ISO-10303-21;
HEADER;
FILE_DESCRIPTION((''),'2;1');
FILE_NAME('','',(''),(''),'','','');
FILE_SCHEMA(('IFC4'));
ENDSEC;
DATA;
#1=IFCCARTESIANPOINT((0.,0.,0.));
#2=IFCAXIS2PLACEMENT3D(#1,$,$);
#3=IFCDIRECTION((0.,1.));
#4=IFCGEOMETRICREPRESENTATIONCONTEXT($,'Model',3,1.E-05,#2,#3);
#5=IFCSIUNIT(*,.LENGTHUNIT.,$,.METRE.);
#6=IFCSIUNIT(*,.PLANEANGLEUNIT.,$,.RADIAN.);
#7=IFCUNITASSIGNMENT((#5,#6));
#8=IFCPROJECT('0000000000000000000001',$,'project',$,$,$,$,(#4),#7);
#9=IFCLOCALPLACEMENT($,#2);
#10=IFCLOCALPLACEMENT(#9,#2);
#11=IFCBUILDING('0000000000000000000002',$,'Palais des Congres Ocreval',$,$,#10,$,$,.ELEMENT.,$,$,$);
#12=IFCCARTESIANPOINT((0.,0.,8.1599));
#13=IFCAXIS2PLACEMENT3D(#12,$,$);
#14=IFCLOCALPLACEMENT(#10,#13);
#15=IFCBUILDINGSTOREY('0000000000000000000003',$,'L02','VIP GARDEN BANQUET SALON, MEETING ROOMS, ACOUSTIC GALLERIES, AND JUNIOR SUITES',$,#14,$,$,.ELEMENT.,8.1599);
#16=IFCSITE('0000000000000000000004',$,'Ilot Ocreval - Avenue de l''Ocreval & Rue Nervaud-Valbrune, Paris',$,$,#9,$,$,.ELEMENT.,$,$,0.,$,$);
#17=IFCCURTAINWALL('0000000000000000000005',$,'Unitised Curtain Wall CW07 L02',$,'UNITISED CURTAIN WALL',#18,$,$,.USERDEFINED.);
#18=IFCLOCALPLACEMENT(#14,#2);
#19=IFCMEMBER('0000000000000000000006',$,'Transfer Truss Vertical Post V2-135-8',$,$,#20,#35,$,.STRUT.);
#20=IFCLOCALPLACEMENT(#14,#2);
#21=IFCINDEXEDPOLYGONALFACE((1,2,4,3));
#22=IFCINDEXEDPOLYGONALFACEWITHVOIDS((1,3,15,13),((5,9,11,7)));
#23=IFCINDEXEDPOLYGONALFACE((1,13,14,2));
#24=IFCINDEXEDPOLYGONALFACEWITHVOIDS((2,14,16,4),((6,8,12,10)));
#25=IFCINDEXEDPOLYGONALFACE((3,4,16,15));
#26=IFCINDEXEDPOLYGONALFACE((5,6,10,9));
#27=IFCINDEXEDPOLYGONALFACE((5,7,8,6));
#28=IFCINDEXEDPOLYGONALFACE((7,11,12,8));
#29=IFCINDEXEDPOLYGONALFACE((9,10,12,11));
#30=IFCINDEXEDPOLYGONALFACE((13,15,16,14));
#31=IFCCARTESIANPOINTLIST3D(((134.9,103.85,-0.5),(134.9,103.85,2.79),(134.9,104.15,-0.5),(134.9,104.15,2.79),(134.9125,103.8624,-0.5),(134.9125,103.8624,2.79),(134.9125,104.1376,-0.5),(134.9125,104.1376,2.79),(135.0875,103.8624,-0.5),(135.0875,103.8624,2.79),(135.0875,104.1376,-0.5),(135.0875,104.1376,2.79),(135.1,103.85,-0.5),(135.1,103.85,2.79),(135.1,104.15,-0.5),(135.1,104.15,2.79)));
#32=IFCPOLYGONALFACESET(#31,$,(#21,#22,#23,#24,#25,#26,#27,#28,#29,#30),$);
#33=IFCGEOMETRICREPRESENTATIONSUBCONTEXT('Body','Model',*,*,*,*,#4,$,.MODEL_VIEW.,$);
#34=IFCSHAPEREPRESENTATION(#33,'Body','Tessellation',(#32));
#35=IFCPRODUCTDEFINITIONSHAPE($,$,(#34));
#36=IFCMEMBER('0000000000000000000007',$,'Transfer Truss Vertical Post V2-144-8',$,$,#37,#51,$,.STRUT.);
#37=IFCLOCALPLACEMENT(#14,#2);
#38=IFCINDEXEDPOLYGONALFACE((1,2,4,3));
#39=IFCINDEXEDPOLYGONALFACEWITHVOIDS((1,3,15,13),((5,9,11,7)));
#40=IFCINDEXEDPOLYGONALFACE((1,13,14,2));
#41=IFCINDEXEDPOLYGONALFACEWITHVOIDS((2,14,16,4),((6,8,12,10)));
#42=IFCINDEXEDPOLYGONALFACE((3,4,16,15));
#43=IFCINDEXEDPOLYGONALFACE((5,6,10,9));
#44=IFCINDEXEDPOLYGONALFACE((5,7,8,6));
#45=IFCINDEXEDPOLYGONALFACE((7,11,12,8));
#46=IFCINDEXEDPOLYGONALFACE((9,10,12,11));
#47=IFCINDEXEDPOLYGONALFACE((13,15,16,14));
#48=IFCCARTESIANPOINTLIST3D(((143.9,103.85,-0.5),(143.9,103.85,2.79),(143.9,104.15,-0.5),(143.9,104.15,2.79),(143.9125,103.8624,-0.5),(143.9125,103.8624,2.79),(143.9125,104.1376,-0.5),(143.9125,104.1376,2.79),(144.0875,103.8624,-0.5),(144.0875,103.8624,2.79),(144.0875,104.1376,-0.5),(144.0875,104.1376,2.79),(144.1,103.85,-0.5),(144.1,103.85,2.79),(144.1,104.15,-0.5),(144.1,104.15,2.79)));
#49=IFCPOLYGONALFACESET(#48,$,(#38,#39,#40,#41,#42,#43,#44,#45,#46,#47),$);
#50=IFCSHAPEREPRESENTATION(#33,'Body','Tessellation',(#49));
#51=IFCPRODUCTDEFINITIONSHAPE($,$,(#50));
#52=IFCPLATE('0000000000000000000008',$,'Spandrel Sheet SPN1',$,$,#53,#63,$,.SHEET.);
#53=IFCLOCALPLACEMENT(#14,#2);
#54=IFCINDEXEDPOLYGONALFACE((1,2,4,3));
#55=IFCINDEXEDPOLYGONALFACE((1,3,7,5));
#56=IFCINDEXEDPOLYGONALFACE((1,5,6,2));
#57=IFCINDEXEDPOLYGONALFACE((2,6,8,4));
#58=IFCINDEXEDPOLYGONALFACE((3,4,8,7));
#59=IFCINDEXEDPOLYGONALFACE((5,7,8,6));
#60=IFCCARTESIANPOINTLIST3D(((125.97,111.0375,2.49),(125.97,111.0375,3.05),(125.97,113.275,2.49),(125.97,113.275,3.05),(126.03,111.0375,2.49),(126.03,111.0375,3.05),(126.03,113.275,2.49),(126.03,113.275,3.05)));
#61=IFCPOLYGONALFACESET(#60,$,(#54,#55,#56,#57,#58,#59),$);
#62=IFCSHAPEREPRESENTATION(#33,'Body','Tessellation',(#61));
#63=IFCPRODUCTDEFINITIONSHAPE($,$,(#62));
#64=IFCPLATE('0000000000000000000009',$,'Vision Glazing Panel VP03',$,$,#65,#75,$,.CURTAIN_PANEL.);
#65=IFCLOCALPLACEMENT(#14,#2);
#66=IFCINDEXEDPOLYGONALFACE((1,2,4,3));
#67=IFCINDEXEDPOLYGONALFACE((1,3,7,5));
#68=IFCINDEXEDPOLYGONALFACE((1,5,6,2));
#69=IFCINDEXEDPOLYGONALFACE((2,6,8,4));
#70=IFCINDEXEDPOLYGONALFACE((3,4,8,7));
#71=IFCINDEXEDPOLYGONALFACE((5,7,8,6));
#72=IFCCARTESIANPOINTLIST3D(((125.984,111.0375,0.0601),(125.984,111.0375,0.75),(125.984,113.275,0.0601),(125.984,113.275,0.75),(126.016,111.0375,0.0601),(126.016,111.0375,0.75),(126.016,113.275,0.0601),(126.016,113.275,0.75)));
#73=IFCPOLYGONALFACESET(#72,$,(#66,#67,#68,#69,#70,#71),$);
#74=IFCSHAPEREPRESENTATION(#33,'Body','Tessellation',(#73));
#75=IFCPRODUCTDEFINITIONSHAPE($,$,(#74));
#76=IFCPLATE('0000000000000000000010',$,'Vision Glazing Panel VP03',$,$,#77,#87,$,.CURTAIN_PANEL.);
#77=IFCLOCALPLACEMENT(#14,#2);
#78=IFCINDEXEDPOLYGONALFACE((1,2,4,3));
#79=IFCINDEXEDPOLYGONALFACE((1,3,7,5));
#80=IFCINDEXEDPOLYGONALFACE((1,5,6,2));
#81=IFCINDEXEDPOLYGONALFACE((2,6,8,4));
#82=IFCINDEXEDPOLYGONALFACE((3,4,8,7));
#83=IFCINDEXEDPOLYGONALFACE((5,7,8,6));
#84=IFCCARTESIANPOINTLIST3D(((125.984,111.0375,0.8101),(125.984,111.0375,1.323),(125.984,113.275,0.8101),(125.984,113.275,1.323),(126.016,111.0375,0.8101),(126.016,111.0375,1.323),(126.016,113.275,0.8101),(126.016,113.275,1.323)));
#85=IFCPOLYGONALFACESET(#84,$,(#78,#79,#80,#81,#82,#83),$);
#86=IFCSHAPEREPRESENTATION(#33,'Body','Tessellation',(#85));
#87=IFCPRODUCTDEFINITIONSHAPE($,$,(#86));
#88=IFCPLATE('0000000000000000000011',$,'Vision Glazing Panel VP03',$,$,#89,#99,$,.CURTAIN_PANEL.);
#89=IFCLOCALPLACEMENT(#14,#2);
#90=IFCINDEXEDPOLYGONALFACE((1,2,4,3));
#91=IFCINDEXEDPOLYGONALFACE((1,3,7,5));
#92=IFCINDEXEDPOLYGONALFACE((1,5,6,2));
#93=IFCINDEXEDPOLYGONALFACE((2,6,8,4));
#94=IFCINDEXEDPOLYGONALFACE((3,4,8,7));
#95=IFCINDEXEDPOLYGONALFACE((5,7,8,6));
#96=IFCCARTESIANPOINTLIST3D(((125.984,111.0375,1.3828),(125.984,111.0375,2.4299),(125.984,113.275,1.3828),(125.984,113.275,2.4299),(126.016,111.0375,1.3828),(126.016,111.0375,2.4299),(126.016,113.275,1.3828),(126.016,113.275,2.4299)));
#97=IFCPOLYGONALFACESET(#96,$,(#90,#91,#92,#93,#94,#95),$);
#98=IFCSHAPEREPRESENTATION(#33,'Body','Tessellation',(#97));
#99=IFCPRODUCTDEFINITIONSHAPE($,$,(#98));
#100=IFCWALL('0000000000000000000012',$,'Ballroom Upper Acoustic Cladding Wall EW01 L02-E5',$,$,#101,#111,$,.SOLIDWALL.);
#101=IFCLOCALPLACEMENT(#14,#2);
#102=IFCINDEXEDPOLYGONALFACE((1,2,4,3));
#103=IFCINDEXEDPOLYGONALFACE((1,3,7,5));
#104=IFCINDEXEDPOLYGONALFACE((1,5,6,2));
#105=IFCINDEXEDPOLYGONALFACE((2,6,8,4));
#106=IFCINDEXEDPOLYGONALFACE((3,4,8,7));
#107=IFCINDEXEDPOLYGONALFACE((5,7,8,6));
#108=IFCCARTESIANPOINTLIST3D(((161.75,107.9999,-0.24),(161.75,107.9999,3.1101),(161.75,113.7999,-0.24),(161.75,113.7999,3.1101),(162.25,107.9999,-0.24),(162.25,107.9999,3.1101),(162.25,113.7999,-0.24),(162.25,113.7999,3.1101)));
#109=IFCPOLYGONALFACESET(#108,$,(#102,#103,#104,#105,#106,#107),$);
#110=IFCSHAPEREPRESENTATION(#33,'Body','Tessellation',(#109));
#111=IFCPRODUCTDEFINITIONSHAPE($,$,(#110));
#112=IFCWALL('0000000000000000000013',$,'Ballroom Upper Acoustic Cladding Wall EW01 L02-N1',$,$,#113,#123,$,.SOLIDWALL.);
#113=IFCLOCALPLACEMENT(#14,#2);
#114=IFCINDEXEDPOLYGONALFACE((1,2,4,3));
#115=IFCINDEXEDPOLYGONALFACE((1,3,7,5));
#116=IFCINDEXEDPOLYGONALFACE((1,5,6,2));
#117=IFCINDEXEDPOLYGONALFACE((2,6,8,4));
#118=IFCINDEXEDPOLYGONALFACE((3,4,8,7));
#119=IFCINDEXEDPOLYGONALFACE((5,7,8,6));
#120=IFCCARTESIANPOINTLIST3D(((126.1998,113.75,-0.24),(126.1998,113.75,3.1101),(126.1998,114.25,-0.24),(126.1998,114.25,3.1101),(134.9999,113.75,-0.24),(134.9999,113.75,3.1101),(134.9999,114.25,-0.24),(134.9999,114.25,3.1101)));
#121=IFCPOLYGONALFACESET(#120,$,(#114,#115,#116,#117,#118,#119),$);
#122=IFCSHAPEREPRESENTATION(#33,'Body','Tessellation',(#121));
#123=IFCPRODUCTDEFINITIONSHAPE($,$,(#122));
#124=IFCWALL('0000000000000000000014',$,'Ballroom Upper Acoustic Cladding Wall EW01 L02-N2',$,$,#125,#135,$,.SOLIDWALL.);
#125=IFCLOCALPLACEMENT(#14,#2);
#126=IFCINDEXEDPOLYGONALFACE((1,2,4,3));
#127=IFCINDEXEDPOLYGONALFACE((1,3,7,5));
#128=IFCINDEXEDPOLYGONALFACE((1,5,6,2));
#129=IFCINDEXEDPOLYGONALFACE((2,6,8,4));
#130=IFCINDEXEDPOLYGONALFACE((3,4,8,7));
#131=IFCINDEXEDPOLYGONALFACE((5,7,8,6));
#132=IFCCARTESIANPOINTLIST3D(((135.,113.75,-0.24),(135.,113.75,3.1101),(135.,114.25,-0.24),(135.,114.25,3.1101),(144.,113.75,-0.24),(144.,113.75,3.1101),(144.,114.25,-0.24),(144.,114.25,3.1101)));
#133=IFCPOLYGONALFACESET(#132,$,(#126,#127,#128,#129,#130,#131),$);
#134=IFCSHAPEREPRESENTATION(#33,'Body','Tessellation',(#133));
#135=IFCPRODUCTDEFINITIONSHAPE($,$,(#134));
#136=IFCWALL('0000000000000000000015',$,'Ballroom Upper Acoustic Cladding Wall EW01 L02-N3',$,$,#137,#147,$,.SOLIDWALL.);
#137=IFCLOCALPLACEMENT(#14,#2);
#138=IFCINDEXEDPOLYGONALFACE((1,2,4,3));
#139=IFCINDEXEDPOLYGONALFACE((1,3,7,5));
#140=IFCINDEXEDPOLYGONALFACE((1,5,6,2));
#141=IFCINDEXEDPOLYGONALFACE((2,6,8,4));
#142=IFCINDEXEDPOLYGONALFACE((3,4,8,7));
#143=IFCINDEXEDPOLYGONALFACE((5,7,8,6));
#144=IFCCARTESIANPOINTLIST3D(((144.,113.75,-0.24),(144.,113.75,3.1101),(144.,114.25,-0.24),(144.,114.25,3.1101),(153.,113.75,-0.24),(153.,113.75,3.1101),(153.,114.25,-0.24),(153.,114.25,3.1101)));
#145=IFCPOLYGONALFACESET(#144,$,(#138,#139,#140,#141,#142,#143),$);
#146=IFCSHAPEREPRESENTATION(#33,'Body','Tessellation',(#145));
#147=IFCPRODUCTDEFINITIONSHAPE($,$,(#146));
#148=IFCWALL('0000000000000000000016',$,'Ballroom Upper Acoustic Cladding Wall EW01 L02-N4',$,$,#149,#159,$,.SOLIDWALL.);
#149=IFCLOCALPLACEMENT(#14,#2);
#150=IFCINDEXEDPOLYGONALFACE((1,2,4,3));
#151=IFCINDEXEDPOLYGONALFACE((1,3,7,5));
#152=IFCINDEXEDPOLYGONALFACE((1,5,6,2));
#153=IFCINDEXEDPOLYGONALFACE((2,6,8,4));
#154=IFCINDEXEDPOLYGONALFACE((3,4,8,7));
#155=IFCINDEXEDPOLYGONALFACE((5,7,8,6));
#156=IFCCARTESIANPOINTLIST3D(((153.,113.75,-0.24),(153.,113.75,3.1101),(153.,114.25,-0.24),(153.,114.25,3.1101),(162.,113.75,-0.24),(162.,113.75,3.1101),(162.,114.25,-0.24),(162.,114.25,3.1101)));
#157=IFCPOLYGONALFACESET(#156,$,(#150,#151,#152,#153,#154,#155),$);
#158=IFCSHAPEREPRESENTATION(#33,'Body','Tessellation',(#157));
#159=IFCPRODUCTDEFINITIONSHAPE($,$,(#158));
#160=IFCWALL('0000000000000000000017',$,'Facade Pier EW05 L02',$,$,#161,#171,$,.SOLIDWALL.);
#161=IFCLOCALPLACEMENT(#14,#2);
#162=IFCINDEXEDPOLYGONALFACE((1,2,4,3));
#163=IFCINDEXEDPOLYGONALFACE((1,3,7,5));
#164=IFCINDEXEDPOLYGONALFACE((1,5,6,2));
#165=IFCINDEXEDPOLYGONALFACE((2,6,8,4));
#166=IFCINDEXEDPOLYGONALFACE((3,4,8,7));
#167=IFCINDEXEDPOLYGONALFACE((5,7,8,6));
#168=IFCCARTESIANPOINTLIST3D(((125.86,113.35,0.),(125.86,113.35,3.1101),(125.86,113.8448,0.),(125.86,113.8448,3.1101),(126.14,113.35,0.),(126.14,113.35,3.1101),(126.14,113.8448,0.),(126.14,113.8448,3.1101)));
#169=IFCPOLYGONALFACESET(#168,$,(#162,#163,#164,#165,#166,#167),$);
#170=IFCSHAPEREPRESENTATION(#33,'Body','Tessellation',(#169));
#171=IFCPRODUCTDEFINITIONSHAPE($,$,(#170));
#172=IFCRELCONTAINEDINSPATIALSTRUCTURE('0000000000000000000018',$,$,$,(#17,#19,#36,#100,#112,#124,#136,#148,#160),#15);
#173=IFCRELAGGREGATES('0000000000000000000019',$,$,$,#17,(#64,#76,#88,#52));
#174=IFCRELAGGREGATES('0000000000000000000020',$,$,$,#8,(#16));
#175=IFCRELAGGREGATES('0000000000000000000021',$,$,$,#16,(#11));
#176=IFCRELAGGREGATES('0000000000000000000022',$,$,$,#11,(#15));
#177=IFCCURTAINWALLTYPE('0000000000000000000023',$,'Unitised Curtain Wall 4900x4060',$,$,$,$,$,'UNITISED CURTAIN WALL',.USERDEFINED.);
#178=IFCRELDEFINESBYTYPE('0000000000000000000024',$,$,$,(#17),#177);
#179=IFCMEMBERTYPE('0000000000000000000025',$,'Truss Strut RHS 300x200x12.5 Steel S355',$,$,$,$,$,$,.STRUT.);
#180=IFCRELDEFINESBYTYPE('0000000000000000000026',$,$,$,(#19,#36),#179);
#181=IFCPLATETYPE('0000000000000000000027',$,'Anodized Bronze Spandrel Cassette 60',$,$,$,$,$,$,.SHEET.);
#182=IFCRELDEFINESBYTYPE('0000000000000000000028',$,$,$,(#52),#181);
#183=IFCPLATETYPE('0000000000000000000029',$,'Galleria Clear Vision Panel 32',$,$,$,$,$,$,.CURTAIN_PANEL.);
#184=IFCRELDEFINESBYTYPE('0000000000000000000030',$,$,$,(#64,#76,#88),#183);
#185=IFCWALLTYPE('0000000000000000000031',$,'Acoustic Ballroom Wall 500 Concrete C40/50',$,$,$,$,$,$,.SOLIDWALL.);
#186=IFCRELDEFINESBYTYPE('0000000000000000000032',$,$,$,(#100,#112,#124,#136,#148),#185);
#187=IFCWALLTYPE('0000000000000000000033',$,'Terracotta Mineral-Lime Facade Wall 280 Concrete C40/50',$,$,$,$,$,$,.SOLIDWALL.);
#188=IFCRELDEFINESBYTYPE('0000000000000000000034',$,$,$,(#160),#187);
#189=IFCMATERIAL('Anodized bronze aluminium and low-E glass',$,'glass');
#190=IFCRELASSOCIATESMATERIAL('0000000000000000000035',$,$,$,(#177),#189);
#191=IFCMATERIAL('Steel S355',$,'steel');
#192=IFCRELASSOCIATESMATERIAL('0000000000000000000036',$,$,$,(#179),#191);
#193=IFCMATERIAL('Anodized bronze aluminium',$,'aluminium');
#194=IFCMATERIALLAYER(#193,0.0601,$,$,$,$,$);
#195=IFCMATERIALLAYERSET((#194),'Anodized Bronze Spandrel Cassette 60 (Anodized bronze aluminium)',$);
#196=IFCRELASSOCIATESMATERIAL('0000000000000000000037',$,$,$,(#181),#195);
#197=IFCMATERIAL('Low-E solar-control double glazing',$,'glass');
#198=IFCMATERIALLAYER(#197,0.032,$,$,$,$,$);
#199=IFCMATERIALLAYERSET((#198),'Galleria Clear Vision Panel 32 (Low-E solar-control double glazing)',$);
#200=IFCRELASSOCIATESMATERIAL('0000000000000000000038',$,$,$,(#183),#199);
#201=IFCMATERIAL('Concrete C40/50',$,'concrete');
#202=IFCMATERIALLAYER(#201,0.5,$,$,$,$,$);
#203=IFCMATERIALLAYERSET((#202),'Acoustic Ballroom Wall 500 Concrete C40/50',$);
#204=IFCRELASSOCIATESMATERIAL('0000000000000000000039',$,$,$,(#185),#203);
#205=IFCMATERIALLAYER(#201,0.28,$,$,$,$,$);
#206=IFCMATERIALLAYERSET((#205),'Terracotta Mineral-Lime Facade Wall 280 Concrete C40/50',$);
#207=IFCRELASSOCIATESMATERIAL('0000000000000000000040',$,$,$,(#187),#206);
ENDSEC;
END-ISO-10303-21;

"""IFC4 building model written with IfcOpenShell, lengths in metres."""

from ifc_helpers import new_model, si_unit, direction, frame, frame_2d, origin, origin_2d, place, context, subcontext, project, spatial, rectangle, hollow_rectangle, extrude, material, layer, layer_set, material_profile, profile_set, type_object, element, aggregate, save


model = new_model("IFC4")

# Units and contexts
model_context = context("Model", 3, precision=1e-05, world=origin(), true_north=direction((0.0, 1.0)))
body_context = subcontext(model_context, "Body", "Model", "MODEL_VIEW")
ifc_project = project(units=[si_unit("LENGTHUNIT", "METRE"), si_unit("PLANEANGLEUNIT", "RADIAN")], contexts=[model_context])

# Site, building, storey
site_placement = place(None, origin())
site = spatial("IfcSite", under=ifc_project, at=site_placement, Name="Ilot Ocreval - Avenue de l'Ocreval & Rue Nervaud-Valbrune, Paris", CompositionType="ELEMENT", RefElevation=0.0)
building_placement = place(site_placement, origin())
building = spatial("IfcBuilding", under=site, at=building_placement, Name="Palais des Congres Ocreval", CompositionType="ELEMENT")
storey_placement = place(building_placement, frame((0.0, 0.0, 8.1599)))
storey = spatial("IfcBuildingStorey", under=building, at=storey_placement, Name="L02", Description="VIP GARDEN BANQUET SALON, MEETING ROOMS, ACOUSTIC GALLERIES, AND JUNIOR SUITES", CompositionType="ELEMENT", Elevation=8.1599)

# Shared definitions
ifc_material_1 = material(Name="Steel S355", Category="steel")

# Curtain wall
ifc_material_2 = material(Name="Anodized bronze aluminium and low-E glass", Category="glass")
curtain_wall_type = type_object("IfcCurtainWallType", Name="Unitised Curtain Wall 4900x4060", ElementType="UNITISED CURTAIN WALL", PredefinedType="USERDEFINED", material=ifc_material_2)
curtain_wall_placement = place(storey_placement, origin())
curtain_wall = element("IfcCurtainWall", 1, at=curtain_wall_placement, inside=storey, type_object=curtain_wall_type, Name="Unitised Curtain Wall CW07 L02", ObjectType="UNITISED CURTAIN WALL", PredefinedType="USERDEFINED")
ifc_material_3 = material(Name="Anodized bronze aluminium", Category="aluminium")

# Members
ifc_material_profile_1 = material_profile(ifc_material_1, hollow_rectangle(XDim=0.2, YDim=0.3, WallThickness=0.0125, at=origin_2d()), Name="RHS 300x200x12.5")
ifc_profile_set_1 = profile_set([ifc_material_profile_1], Name="Steel S355")
member_type_1 = type_object("IfcMemberType", Name="Truss Strut RHS 300x200x12.5 Steel S355", PredefinedType="STRUT", material=ifc_profile_set_1)
for number, where, z_axis, x_axis, name in (
    (2, (135.0, 104.0, -0.5), (0.0, 0.0, 1.0), (1.0, 0.0, 0.0), "Transfer Truss Vertical Post V2-135-8"),
    (3, (144.0, 104.0, -0.5), (0.0, 0.0, 1.0), (1.0, 0.0, 0.0), "Transfer Truss Vertical Post V2-144-8"),
):
    element("IfcMember", number, at=place(storey_placement, frame(where, z_axis=z_axis, x_axis=x_axis)), inside=storey, type_object=member_type_1, Name=name, PredefinedType="STRUT", context=body_context, shape_type="SweptSolid", body=[
        extrude(hollow_rectangle(XDim=0.2, YDim=0.3, WallThickness=0.0125, at=origin_2d()), origin(), (0.0, 0.0, 1.0), 3.29),
    ])

# Plates
ifc_layer_1 = layer(ifc_material_3, 0.0601)
ifc_layer_set_1 = layer_set([ifc_layer_1], Name="Anodized Bronze Spandrel Cassette 60 (Anodized bronze aluminium)")
plate_type_1 = type_object("IfcPlateType", Name="Anodized Bronze Spandrel Cassette 60", PredefinedType="SHEET", material=ifc_layer_set_1)
plate_1_placement = place(storey_placement, frame((126.0, 112.1562, 2.49), z_axis=(0.0, 0.0, 1.0), x_axis=(0.0, -1.0, 0.0)))
plate_1 = element("IfcPlate", 4, at=plate_1_placement, type_object=plate_type_1, Name="Spandrel Sheet SPN1", PredefinedType="SHEET", context=body_context, shape_type="SweptSolid", body=[
    extrude(rectangle(XDim=2.2375, YDim=0.0601, at=origin_2d()), origin(), (0.0, 0.0, 1.0), 0.5601),
])
ifc_material_4 = material(Name="Low-E solar-control double glazing", Category="glass")
ifc_layer_2 = layer(ifc_material_4, 0.032)
ifc_layer_set_2 = layer_set([ifc_layer_2], Name="Galleria Clear Vision Panel 32 (Low-E solar-control double glazing)")
plate_type_2 = type_object("IfcPlateType", Name="Galleria Clear Vision Panel 32", PredefinedType="CURTAIN_PANEL", material=ifc_layer_set_2)
plate_2_placement = place(storey_placement, frame((126.0, 112.1562, 0.0601), z_axis=(0.0, 0.0, 1.0), x_axis=(0.0, -1.0, 0.0)))
plate_2 = element("IfcPlate", 5, at=plate_2_placement, type_object=plate_type_2, Name="Vision Glazing Panel VP03", PredefinedType="CURTAIN_PANEL", context=body_context, shape_type="SweptSolid", body=[
    extrude(rectangle(XDim=2.2375, YDim=0.032, at=origin_2d()), origin(), (0.0, 0.0, 1.0), 0.6899),
])
plate_3_placement = place(storey_placement, frame((126.0, 112.1562, 0.8101), z_axis=(0.0, 0.0, 1.0), x_axis=(0.0, -1.0, 0.0)))
plate_3 = element("IfcPlate", 6, at=plate_3_placement, type_object=plate_type_2, Name="Vision Glazing Panel VP03", PredefinedType="CURTAIN_PANEL", context=body_context, shape_type="SweptSolid", body=[
    extrude(rectangle(XDim=2.2375, YDim=0.032, at=origin_2d()), origin(), (0.0, 0.0, 1.0), 0.5129),
])
plate_4_placement = place(storey_placement, frame((126.0, 112.1562, 1.3828), z_axis=(0.0, 0.0, 1.0), x_axis=(0.0, -1.0, 0.0)))
plate_4 = element("IfcPlate", 7, at=plate_4_placement, type_object=plate_type_2, Name="Vision Glazing Panel VP03", PredefinedType="CURTAIN_PANEL", context=body_context, shape_type="SweptSolid", body=[
    extrude(rectangle(XDim=2.2375, YDim=0.032, at=origin_2d()), origin(), (0.0, 0.0, 1.0), 1.0471),
])
aggregate(curtain_wall, [plate_2, plate_3, plate_4, plate_1])

# Walls
ifc_material_5 = material(Name="Concrete C40/50", Category="concrete")
ifc_layer_3 = layer(ifc_material_5, 0.5)
ifc_layer_set_3 = layer_set([ifc_layer_3], Name="Acoustic Ballroom Wall 500 Concrete C40/50")
wall_type_1 = type_object("IfcWallType", Name="Acoustic Ballroom Wall 500 Concrete C40/50", PredefinedType="SOLIDWALL", material=ifc_layer_set_3)
wall_1_placement = place(storey_placement, frame((162.0, 108.0, -0.24), z_axis=(0.0, 0.0, 1.0), x_axis=(0.0, 1.0, 0.0)))
element("IfcWall", 8, at=wall_1_placement, inside=storey, type_object=wall_type_1, Name="Ballroom Upper Acoustic Cladding Wall EW01 L02-E5", PredefinedType="SOLIDWALL", context=body_context, shape_type="SweptSolid", body=[
    extrude(rectangle(XDim=5.8, YDim=0.5, at=frame_2d((2.8999, 0.0))), origin(), (0.0, 0.0, 1.0), 3.3501),
])
wall_2_placement = place(storey_placement, frame((126.2, 114.0, -0.24), z_axis=(0.0, 0.0, 1.0), x_axis=(1.0, 0.0, 0.0)))
element("IfcWall", 9, at=wall_2_placement, inside=storey, type_object=wall_type_1, Name="Ballroom Upper Acoustic Cladding Wall EW01 L02-N1", PredefinedType="SOLIDWALL", context=body_context, shape_type="SweptSolid", body=[
    extrude(rectangle(XDim=8.8, YDim=0.5, at=frame_2d((4.3999, 0.0))), origin(), (0.0, 0.0, 1.0), 3.3501),
])
for number, where, z_axis, x_axis, name in (
    (10, (135.0, 114.0, -0.24), (0.0, 0.0, 1.0), (1.0, 0.0, 0.0), "Ballroom Upper Acoustic Cladding Wall EW01 L02-N2"),
    (11, (144.0, 114.0, -0.24), (0.0, 0.0, 1.0), (1.0, 0.0, 0.0), "Ballroom Upper Acoustic Cladding Wall EW01 L02-N3"),
    (12, (153.0, 114.0, -0.24), (0.0, 0.0, 1.0), (1.0, 0.0, 0.0), "Ballroom Upper Acoustic Cladding Wall EW01 L02-N4"),
):
    element("IfcWall", number, at=place(storey_placement, frame(where, z_axis=z_axis, x_axis=x_axis)), inside=storey, type_object=wall_type_1, Name=name, PredefinedType="SOLIDWALL", context=body_context, shape_type="SweptSolid", body=[
        extrude(rectangle(XDim=9.0, YDim=0.5, at=frame_2d((4.5, 0.0))), origin(), (0.0, 0.0, 1.0), 3.3501),
    ])
ifc_layer_4 = layer(ifc_material_5, 0.28)
ifc_layer_set_4 = layer_set([ifc_layer_4], Name="Terracotta Mineral-Lime Facade Wall 280 Concrete C40/50")
wall_type_2 = type_object("IfcWallType", Name="Terracotta Mineral-Lime Facade Wall 280 Concrete C40/50", PredefinedType="SOLIDWALL", material=ifc_layer_set_4)
wall_3_placement = place(storey_placement, frame((126.0, 113.845, 0.0), z_axis=(0.0, 0.0, 1.0), x_axis=(0.0, -1.0, 0.0)))
element("IfcWall", 13, at=wall_3_placement, inside=storey, type_object=wall_type_2, Name="Facade Pier EW05 L02", PredefinedType="SOLIDWALL", context=body_context, shape_type="SweptSolid", body=[
    extrude(rectangle(XDim=0.4949, YDim=0.28, at=frame_2d((0.2476, 0.0))), origin(), (0.0, 0.0, 1.0), 3.1101),
])

save(model, "model.ifc")
